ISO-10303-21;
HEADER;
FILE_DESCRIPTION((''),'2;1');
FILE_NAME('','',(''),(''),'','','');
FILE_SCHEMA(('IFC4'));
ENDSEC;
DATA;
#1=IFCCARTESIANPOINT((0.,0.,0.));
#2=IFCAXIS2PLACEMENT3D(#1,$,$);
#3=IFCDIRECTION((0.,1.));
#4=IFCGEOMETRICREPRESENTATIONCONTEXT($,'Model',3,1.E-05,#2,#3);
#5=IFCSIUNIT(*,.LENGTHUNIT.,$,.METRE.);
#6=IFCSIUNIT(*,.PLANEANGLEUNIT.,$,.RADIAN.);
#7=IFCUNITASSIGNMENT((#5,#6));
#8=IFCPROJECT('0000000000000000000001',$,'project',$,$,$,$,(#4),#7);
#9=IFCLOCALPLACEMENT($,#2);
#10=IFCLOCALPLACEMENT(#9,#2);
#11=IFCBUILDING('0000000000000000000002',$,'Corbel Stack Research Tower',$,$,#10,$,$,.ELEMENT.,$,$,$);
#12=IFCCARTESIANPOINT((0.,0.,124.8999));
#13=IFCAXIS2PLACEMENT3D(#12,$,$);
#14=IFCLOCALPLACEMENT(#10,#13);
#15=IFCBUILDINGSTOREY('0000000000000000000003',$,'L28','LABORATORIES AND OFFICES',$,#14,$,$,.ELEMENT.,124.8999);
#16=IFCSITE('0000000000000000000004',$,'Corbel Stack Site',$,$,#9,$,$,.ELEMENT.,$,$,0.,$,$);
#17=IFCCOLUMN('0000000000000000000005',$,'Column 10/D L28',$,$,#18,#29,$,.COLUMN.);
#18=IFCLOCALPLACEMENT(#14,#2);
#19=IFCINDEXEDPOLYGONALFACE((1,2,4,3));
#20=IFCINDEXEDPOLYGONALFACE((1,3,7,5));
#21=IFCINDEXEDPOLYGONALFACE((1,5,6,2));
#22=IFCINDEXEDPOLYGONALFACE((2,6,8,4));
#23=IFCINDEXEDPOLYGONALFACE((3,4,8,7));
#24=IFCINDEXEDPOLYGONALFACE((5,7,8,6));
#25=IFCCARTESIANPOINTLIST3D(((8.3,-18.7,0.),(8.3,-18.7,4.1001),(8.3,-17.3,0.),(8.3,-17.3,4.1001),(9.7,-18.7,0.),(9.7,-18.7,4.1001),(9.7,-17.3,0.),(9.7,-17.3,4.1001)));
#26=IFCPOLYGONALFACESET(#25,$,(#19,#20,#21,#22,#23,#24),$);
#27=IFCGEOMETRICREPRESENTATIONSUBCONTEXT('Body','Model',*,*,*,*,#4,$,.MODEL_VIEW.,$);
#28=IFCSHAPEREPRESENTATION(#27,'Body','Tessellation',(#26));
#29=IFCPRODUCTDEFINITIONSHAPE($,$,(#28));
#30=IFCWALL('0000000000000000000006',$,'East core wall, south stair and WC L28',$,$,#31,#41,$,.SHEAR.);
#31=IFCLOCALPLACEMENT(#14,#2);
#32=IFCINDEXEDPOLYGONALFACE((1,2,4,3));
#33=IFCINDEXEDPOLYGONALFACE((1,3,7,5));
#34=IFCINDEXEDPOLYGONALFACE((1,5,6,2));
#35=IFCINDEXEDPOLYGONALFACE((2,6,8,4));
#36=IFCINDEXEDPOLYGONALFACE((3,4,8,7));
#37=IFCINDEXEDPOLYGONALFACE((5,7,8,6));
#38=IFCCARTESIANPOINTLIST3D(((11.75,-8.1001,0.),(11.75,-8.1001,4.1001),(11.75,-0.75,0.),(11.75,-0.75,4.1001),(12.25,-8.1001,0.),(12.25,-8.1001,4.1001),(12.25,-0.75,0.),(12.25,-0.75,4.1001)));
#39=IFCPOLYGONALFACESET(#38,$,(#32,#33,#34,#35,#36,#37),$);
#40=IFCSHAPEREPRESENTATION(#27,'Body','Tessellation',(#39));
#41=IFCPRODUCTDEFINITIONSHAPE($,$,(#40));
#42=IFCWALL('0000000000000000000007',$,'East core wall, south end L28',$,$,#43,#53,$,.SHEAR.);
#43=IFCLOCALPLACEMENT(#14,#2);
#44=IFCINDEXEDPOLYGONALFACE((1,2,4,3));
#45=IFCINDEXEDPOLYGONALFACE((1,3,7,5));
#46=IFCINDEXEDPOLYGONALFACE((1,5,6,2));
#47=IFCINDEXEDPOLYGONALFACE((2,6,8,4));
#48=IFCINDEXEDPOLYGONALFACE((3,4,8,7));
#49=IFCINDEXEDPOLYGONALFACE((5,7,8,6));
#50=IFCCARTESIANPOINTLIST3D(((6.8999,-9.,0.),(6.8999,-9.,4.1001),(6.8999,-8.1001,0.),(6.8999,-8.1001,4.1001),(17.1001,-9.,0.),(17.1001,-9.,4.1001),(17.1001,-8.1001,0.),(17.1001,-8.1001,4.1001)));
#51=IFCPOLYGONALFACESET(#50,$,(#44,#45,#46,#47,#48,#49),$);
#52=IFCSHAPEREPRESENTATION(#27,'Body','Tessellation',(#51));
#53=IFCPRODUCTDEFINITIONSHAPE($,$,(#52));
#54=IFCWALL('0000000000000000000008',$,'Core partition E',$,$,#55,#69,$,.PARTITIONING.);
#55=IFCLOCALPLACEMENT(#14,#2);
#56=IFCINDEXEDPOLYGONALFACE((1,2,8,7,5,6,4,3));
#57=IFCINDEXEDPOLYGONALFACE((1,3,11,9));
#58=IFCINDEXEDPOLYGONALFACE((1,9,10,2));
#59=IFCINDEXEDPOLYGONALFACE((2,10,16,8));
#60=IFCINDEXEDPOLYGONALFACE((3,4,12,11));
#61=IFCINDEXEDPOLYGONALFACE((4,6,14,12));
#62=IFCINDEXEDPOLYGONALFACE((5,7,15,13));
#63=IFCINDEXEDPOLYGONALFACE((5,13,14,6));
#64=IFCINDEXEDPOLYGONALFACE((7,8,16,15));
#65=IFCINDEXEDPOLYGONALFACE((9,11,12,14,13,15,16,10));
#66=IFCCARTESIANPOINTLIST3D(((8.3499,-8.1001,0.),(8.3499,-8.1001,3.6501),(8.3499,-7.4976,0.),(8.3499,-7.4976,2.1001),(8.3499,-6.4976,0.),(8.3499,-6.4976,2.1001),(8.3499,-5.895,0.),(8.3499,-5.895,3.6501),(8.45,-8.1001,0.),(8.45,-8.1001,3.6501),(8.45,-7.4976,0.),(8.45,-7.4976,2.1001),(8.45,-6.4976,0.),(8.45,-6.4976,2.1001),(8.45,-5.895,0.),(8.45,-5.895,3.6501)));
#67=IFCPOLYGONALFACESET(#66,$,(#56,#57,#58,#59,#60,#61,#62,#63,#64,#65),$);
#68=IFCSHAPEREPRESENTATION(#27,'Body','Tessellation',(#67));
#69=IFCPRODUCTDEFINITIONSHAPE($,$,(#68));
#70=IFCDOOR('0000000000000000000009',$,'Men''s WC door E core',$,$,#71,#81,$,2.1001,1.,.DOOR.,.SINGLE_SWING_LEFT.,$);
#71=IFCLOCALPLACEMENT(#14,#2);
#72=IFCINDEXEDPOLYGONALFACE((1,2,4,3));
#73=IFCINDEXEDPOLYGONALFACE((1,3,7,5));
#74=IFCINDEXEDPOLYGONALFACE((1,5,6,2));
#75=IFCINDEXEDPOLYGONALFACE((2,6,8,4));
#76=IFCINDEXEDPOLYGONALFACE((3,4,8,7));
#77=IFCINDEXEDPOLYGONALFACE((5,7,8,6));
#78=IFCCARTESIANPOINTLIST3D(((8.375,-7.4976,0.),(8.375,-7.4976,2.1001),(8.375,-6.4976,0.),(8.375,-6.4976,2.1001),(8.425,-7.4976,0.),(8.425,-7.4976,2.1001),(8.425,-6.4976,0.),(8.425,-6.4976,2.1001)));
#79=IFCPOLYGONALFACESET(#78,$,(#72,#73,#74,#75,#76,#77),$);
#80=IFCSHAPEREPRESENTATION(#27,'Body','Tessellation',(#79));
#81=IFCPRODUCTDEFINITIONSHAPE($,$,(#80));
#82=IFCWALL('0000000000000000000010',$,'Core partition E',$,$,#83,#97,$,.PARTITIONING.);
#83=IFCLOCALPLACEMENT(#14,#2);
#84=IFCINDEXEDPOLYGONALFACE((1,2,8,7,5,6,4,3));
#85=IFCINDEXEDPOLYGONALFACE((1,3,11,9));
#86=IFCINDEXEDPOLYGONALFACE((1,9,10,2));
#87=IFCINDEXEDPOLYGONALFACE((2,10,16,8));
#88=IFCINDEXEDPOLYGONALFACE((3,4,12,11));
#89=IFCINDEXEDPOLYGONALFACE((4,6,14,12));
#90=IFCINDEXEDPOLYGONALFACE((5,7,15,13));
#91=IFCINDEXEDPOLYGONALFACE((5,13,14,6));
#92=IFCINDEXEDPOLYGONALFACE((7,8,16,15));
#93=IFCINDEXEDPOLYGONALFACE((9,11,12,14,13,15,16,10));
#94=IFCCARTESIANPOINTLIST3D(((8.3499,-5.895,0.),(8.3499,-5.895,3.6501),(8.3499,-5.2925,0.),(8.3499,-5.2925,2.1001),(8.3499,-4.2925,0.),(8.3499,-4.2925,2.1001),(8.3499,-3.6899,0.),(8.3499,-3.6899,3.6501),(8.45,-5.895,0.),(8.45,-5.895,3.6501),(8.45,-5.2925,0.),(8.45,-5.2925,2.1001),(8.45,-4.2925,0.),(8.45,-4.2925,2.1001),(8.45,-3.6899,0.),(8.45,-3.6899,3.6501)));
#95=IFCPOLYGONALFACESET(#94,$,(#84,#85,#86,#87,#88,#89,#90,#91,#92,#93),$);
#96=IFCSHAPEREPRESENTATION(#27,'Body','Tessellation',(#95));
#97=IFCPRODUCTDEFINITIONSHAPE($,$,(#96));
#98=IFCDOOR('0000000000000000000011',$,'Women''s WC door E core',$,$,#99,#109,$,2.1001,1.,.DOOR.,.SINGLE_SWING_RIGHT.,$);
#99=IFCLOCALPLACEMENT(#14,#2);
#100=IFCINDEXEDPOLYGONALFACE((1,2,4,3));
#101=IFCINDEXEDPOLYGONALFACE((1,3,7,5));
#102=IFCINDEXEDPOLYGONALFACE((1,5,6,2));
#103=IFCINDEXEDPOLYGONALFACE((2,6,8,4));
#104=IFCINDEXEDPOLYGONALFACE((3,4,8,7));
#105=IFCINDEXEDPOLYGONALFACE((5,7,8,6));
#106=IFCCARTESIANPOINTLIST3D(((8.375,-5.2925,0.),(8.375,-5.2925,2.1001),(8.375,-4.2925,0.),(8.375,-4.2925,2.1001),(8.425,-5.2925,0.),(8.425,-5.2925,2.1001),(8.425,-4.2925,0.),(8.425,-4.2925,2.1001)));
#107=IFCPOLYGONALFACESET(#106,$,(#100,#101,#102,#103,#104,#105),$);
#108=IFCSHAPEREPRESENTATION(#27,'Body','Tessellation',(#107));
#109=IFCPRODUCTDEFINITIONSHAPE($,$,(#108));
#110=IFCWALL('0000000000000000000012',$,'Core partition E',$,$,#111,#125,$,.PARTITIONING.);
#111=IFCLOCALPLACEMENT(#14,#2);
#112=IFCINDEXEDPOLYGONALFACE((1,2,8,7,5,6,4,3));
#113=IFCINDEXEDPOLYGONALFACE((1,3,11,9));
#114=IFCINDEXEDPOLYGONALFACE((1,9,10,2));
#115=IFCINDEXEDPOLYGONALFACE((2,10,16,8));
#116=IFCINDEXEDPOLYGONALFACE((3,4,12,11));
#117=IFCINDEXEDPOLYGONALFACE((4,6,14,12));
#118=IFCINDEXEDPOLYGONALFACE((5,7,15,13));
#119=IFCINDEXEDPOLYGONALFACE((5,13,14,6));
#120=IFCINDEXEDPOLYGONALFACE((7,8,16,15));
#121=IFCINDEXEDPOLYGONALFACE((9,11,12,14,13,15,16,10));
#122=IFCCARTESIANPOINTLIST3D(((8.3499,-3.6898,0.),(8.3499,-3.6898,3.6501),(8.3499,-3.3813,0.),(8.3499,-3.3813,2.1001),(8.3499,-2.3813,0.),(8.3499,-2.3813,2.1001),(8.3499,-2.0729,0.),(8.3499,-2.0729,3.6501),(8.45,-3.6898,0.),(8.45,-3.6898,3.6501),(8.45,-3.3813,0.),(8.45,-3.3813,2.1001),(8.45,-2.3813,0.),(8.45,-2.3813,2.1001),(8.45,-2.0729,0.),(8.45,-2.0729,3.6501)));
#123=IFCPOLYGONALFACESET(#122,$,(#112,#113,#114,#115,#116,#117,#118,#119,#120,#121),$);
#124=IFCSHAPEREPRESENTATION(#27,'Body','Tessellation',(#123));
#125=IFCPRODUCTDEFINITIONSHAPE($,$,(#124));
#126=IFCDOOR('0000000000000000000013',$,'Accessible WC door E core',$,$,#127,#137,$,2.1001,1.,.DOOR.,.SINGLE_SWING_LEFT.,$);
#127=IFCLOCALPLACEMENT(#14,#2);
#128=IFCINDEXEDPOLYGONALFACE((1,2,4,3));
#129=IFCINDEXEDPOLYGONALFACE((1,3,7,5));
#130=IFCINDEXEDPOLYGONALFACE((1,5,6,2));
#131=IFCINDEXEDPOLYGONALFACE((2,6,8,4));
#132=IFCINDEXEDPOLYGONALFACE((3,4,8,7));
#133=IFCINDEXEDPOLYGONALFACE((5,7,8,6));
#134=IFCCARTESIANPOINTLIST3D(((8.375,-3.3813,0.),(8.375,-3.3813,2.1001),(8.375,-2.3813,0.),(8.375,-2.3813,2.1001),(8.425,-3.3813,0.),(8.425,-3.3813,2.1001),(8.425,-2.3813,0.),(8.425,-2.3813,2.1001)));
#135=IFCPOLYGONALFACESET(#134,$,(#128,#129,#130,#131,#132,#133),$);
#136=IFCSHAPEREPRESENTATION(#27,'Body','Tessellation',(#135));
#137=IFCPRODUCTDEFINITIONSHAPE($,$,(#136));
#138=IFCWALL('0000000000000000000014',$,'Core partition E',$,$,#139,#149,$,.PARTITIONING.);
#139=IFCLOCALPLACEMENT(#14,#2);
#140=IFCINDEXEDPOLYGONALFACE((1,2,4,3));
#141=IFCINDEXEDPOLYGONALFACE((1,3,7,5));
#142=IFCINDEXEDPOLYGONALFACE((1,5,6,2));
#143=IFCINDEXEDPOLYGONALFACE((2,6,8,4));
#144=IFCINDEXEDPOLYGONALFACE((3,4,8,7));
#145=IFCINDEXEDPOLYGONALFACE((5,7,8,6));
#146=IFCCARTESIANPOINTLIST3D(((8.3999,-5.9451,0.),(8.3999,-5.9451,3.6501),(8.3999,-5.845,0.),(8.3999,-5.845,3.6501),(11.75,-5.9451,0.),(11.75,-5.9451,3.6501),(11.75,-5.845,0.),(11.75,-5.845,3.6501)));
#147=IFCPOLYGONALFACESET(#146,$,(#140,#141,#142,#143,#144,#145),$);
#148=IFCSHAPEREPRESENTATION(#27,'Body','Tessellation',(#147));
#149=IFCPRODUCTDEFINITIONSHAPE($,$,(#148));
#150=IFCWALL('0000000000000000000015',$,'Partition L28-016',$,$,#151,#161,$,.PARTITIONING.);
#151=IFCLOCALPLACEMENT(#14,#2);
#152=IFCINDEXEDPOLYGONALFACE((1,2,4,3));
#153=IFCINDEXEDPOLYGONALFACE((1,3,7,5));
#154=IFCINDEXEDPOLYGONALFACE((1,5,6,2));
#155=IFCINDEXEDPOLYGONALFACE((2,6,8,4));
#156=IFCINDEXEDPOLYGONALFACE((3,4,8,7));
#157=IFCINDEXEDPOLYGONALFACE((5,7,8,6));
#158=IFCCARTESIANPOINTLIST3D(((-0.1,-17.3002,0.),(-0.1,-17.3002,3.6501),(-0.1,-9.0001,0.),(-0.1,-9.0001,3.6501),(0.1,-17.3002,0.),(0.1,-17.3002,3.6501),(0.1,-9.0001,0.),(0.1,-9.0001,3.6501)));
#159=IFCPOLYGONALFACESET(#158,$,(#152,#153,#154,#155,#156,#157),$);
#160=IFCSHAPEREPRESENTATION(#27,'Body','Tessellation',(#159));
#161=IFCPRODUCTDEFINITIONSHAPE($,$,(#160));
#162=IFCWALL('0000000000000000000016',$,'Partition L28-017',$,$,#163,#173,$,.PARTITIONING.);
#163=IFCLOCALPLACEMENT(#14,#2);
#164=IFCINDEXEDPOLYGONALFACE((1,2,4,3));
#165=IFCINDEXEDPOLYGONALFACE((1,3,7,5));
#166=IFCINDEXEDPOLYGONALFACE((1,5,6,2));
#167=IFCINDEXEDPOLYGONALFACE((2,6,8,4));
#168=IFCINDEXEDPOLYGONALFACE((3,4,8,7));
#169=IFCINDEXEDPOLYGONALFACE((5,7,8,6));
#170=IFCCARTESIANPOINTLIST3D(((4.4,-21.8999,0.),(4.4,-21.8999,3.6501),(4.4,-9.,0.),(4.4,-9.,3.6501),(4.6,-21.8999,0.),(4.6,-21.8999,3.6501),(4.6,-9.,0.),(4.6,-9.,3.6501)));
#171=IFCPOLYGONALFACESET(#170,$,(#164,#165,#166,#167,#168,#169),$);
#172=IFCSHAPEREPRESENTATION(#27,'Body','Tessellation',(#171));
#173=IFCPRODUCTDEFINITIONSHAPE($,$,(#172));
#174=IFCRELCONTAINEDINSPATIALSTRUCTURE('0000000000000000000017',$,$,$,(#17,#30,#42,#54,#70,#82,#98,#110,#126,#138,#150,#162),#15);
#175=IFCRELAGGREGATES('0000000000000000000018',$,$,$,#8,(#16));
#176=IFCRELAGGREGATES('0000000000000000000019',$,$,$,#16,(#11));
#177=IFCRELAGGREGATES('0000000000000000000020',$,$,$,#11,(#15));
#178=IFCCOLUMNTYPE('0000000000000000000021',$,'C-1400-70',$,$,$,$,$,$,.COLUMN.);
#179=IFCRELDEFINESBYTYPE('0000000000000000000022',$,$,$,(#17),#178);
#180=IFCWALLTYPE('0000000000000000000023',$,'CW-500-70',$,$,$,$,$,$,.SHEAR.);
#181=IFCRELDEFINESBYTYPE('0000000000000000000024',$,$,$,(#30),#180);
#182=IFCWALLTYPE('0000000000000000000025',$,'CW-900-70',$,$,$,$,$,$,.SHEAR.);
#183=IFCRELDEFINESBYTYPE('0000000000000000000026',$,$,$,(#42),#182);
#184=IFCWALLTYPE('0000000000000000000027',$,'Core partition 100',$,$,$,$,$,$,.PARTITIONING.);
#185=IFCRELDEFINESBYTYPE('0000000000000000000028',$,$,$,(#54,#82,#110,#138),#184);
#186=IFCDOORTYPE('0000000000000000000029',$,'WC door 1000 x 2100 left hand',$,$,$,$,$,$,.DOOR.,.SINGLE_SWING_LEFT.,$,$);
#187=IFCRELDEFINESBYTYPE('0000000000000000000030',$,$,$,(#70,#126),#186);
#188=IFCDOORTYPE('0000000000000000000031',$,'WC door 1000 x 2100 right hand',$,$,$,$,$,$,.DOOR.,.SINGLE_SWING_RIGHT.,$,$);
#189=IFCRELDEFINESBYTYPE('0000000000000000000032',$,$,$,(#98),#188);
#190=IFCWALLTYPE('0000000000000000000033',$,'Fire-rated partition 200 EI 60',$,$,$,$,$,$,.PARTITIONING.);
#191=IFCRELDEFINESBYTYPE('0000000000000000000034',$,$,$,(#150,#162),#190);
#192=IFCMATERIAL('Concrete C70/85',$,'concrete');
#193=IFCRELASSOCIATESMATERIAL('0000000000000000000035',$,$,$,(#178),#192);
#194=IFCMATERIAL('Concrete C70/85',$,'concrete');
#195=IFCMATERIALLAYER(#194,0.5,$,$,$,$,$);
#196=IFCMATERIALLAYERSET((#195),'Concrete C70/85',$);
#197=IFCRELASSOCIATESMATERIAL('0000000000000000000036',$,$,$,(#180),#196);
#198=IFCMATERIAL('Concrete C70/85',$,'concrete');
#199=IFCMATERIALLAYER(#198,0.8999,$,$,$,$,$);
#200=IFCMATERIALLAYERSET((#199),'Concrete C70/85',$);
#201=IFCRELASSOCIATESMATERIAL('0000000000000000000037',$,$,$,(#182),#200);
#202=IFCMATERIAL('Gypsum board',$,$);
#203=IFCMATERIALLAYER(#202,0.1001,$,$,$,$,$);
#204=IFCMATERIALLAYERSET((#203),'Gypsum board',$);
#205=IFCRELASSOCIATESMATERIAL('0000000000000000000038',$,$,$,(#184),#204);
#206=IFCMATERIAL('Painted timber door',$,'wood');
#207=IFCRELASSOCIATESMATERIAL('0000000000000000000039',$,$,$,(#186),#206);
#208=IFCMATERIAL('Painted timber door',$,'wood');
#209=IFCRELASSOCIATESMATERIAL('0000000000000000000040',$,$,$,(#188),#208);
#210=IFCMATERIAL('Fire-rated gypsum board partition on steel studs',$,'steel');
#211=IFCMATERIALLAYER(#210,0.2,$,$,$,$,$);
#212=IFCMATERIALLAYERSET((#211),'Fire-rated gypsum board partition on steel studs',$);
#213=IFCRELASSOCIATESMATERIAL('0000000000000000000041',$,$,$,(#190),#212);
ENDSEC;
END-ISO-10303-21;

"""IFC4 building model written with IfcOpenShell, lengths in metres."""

from ifc_helpers import new_model, si_unit, direction, frame, frame_2d, origin, origin_2d, place, context, subcontext, project, spatial, rectangle, extrude, material, layer, layer_set, material_profile, profile_set, type_object, element, fill, save


model = new_model("IFC4")

# Units and contexts
model_context = context("Model", 3, precision=1e-05, world=origin(), true_north=direction((0.0, 1.0)))
body_context = subcontext(model_context, "Body", "Model", "MODEL_VIEW")
ifc_project = project(units=[si_unit("LENGTHUNIT", "METRE"), si_unit("PLANEANGLEUNIT", "RADIAN")], contexts=[model_context])

# Site, building, storey
site_placement = place(None, origin())
site = spatial("IfcSite", under=ifc_project, at=site_placement, Name="Corbel Stack Site", CompositionType="ELEMENT", RefElevation=0.0)
building_placement = place(site_placement, origin())
building = spatial("IfcBuilding", under=site, at=building_placement, Name="Corbel Stack Research Tower", CompositionType="ELEMENT")
storey_placement = place(building_placement, frame((0.0, 0.0, 124.8999)))
storey = spatial("IfcBuildingStorey", under=building, at=storey_placement, Name="L28", Description="LABORATORIES AND OFFICES", CompositionType="ELEMENT", Elevation=124.8999)

# Column
ifc_material_1 = material(Name="Concrete C70/85", Category="concrete")
ifc_material_profile = material_profile(ifc_material_1, rectangle(XDim=1.3999, YDim=1.3999, at=origin_2d()), Name="RC 1400 x 1400")
ifc_profile_set = profile_set([ifc_material_profile], Name="Concrete C70/85")
column_type = type_object("IfcColumnType", Name="C-1400-70", PredefinedType="COLUMN", material=ifc_profile_set)
column_placement = place(storey_placement, frame((9.0, -18.0, 0.0), z_axis=(0.0, 0.0, 1.0), x_axis=(1.0, 0.0, 0.0)))
element("IfcColumn", 1, at=column_placement, inside=storey, type_object=column_type, Name="Column 10/D L28", PredefinedType="COLUMN", context=body_context, shape_type="SweptSolid", body=[
    extrude(rectangle(XDim=1.3999, YDim=1.3999, at=origin_2d()), origin(), (0.0, 0.0, 1.0), 4.1001),
])

# Wall
ifc_material_2 = material(Name="Concrete C70/85", Category="concrete")
ifc_layer_1 = layer(ifc_material_2, 0.5)
ifc_layer_set_1 = layer_set([ifc_layer_1], Name="Concrete C70/85")
wall_type_1 = type_object("IfcWallType", Name="CW-500-70", PredefinedType="SHEAR", material=ifc_layer_set_1)
wall_1_placement = place(storey_placement, frame((12.0, -8.1001, 0.0), z_axis=(0.0, 0.0, 1.0), x_axis=(0.0, 1.0, 0.0)))
element("IfcWall", 2, at=wall_1_placement, inside=storey, type_object=wall_type_1, Name="East core wall, south stair and WC L28", PredefinedType="SHEAR", context=body_context, shape_type="SweptSolid", body=[
    extrude(rectangle(XDim=7.3501, YDim=0.5, at=frame_2d((3.675, 0.0))), origin(), (0.0, 0.0, 1.0), 4.1001),
])

# Shared definitions
ifc_material_3 = material(Name="Concrete C70/85", Category="concrete")
ifc_layer_2 = layer(ifc_material_3, 0.8999)
ifc_layer_set_2 = layer_set([ifc_layer_2], Name="Concrete C70/85")
wall_type_2 = type_object("IfcWallType", Name="CW-900-70", PredefinedType="SHEAR", material=ifc_layer_set_2)

# Wall
wall_2_placement = place(storey_placement, frame((6.8999, -8.55, 0.0), z_axis=(0.0, 0.0, 1.0), x_axis=(1.0, 0.0, 0.0)))
element("IfcWall", 3, at=wall_2_placement, inside=storey, type_object=wall_type_2, Name="East core wall, south end L28", PredefinedType="SHEAR", context=body_context, shape_type="SweptSolid", body=[
    extrude(rectangle(XDim=10.2002, YDim=0.8999, at=frame_2d((5.1001, 0.0))), origin(), (0.0, 0.0, 1.0), 4.1001),
])

# Walls, openings, doors
ifc_material_4 = material(Name="Gypsum board")
ifc_layer_3 = layer(ifc_material_4, 0.1001)
ifc_layer_set_3 = layer_set([ifc_layer_3], Name="Gypsum board")
wall_type_3 = type_object("IfcWallType", Name="Core partition 100", PredefinedType="PARTITIONING", material=ifc_layer_set_3)
wall_3_placement = place(storey_placement, frame((8.3999, -8.1001, 0.0), z_axis=(0.0, 0.0, 1.0), x_axis=(0.0, 1.0, 0.0)))
wall_3 = element("IfcWall", 4, at=wall_3_placement, inside=storey, type_object=wall_type_3, Name="Core partition E", PredefinedType="PARTITIONING", context=body_context, shape_type="SweptSolid", body=[
    extrude(rectangle(XDim=2.2051, YDim=0.1001, at=frame_2d((1.1025, 0.0))), origin(), (0.0, 0.0, 1.0), 3.6501),
])
opening_1_placement = place(wall_3_placement, frame((0.6025, 0.0, 0.0)))
opening_1 = element("IfcOpeningElement", 5, at=opening_1_placement, cuts=wall_3, PredefinedType="OPENING", context=body_context, shape_type="SweptSolid", body=[
    extrude(rectangle(XDim=1.0, YDim=2.1001, at=frame_2d((0.5, 1.05))), frame((0.0, 0.0601, 0.0), z_axis=(0.0, -1.0, 0.0), x_axis=(1.0, 0.0, 0.0)), (0.0, 0.0, 1.0), 0.1201),
])
ifc_material_5 = material(Name="Painted timber door", Category="wood")
door_type_1 = type_object("IfcDoorType", Name="WC door 1000 x 2100 left hand", OperationType="SINGLE_SWING_LEFT", PredefinedType="DOOR", material=ifc_material_5)
door_1_placement = place(opening_1_placement, origin())
door_1 = element("IfcDoor", 6, at=door_1_placement, inside=storey, type_object=door_type_1, Name="Men's WC door E core", OperationType="SINGLE_SWING_LEFT", OverallHeight=2.1001, OverallWidth=1.0, PredefinedType="DOOR", context=body_context, shape_type="SweptSolid", body=[
    extrude(rectangle(XDim=1.0, YDim=2.1001, at=frame_2d((0.5, 1.05))), frame((0.0, 0.0249, 0.0), z_axis=(0.0, -1.0, 0.0), x_axis=(1.0, 0.0, 0.0)), (0.0, 0.0, 1.0), 0.05),
])
fill(opening_1, door_1)
wall_4_placement = place(storey_placement, frame((8.3999, -5.895, 0.0), z_axis=(0.0, 0.0, 1.0), x_axis=(0.0, 1.0, 0.0)))
wall_4 = element("IfcWall", 7, at=wall_4_placement, inside=storey, type_object=wall_type_3, Name="Core partition E", PredefinedType="PARTITIONING", context=body_context, shape_type="SweptSolid", body=[
    extrude(rectangle(XDim=2.2051, YDim=0.1001, at=frame_2d((1.1025, 0.0))), origin(), (0.0, 0.0, 1.0), 3.6501),
])
opening_2_placement = place(wall_4_placement, frame((0.6025, 0.0, 0.0)))
opening_2 = element("IfcOpeningElement", 8, at=opening_2_placement, cuts=wall_4, PredefinedType="OPENING", context=body_context, shape_type="SweptSolid", body=[
    extrude(rectangle(XDim=1.0, YDim=2.1001, at=frame_2d((0.5, 1.05))), frame((0.0, 0.0601, 0.0), z_axis=(0.0, -1.0, 0.0), x_axis=(1.0, 0.0, 0.0)), (0.0, 0.0, 1.0), 0.1201),
])
ifc_material_6 = material(Name="Painted timber door", Category="wood")
door_type_2 = type_object("IfcDoorType", Name="WC door 1000 x 2100 right hand", OperationType="SINGLE_SWING_RIGHT", PredefinedType="DOOR", material=ifc_material_6)
door_2_placement = place(opening_2_placement, origin())
door_2 = element("IfcDoor", 9, at=door_2_placement, inside=storey, type_object=door_type_2, Name="Women's WC door E core", OperationType="SINGLE_SWING_RIGHT", OverallHeight=2.1001, OverallWidth=1.0, PredefinedType="DOOR", context=body_context, shape_type="SweptSolid", body=[
    extrude(rectangle(XDim=1.0, YDim=2.1001, at=frame_2d((0.5, 1.05))), frame((0.0, 0.0249, 0.0), z_axis=(0.0, -1.0, 0.0), x_axis=(1.0, 0.0, 0.0)), (0.0, 0.0, 1.0), 0.05),
])
fill(opening_2, door_2)
wall_5_placement = place(storey_placement, frame((8.3999, -3.6899, 0.0), z_axis=(0.0, 0.0, 1.0), x_axis=(0.0, 1.0, 0.0)))
wall_5 = element("IfcWall", 10, at=wall_5_placement, inside=storey, type_object=wall_type_3, Name="Core partition E", PredefinedType="PARTITIONING", context=body_context, shape_type="SweptSolid", body=[
    extrude(rectangle(XDim=1.6169, YDim=0.1001, at=frame_2d((0.8086, 0.0))), origin(), (0.0, 0.0, 1.0), 3.6501),
])
opening_3_placement = place(wall_5_placement, frame((0.3086, 0.0, 0.0)))
opening_3 = element("IfcOpeningElement", 11, at=opening_3_placement, cuts=wall_5, PredefinedType="OPENING", context=body_context, shape_type="SweptSolid", body=[
    extrude(rectangle(XDim=1.0, YDim=2.1001, at=frame_2d((0.5, 1.05))), frame((0.0, 0.0601, 0.0), z_axis=(0.0, -1.0, 0.0), x_axis=(1.0, 0.0, 0.0)), (0.0, 0.0, 1.0), 0.1201),
])
door_3_placement = place(opening_3_placement, origin())
door_3 = element("IfcDoor", 12, at=door_3_placement, inside=storey, type_object=door_type_1, Name="Accessible WC door E core", OperationType="SINGLE_SWING_LEFT", OverallHeight=2.1001, OverallWidth=1.0, PredefinedType="DOOR", context=body_context, shape_type="SweptSolid", body=[
    extrude(rectangle(XDim=1.0, YDim=2.1001, at=frame_2d((0.5, 1.05))), frame((0.0, 0.0249, 0.0), z_axis=(0.0, -1.0, 0.0), x_axis=(1.0, 0.0, 0.0)), (0.0, 0.0, 1.0), 0.05),
])
fill(opening_3, door_3)

# Walls
wall_6_placement = place(storey_placement, frame((8.3999, -5.895, 0.0), z_axis=(0.0, 0.0, 1.0), x_axis=(1.0, 0.0, 0.0)))
element("IfcWall", 13, at=wall_6_placement, inside=storey, type_object=wall_type_3, Name="Core partition E", PredefinedType="PARTITIONING", context=body_context, shape_type="SweptSolid", body=[
    extrude(rectangle(XDim=3.3501, YDim=0.1001, at=frame_2d((1.675, 0.0))), origin(), (0.0, 0.0, 1.0), 3.6501),
])
ifc_material_7 = material(Name="Fire-rated gypsum board partition on steel studs", Category="steel")
ifc_layer_4 = layer(ifc_material_7, 0.2)
ifc_layer_set_4 = layer_set([ifc_layer_4], Name="Fire-rated gypsum board partition on steel studs")
wall_type_4 = type_object("IfcWallType", Name="Fire-rated partition 200 EI 60", PredefinedType="PARTITIONING", material=ifc_layer_set_4)
wall_7_placement = place(storey_placement, frame((0.0, -17.3, 0.0), z_axis=(0.0, 0.0, 1.0), x_axis=(0.0, 1.0, 0.0)))
element("IfcWall", 14, at=wall_7_placement, inside=storey, type_object=wall_type_4, Name="Partition L28-016", PredefinedType="PARTITIONING", context=body_context, shape_type="SweptSolid", body=[
    extrude(rectangle(XDim=8.3, YDim=0.2, at=frame_2d((4.1499, 0.0))), origin(), (0.0, 0.0, 1.0), 3.6501),
])
wall_8_placement = place(storey_placement, frame((4.5, -21.8999, 0.0), z_axis=(0.0, 0.0, 1.0), x_axis=(0.0, 1.0, 0.0)))
element("IfcWall", 15, at=wall_8_placement, inside=storey, type_object=wall_type_4, Name="Partition L28-017", PredefinedType="PARTITIONING", context=body_context, shape_type="SweptSolid", body=[
    extrude(rectangle(XDim=12.8999, YDim=0.2, at=frame_2d((6.45, 0.0))), origin(), (0.0, 0.0, 1.0), 3.6501),
])

save(model, "model.ifc")
